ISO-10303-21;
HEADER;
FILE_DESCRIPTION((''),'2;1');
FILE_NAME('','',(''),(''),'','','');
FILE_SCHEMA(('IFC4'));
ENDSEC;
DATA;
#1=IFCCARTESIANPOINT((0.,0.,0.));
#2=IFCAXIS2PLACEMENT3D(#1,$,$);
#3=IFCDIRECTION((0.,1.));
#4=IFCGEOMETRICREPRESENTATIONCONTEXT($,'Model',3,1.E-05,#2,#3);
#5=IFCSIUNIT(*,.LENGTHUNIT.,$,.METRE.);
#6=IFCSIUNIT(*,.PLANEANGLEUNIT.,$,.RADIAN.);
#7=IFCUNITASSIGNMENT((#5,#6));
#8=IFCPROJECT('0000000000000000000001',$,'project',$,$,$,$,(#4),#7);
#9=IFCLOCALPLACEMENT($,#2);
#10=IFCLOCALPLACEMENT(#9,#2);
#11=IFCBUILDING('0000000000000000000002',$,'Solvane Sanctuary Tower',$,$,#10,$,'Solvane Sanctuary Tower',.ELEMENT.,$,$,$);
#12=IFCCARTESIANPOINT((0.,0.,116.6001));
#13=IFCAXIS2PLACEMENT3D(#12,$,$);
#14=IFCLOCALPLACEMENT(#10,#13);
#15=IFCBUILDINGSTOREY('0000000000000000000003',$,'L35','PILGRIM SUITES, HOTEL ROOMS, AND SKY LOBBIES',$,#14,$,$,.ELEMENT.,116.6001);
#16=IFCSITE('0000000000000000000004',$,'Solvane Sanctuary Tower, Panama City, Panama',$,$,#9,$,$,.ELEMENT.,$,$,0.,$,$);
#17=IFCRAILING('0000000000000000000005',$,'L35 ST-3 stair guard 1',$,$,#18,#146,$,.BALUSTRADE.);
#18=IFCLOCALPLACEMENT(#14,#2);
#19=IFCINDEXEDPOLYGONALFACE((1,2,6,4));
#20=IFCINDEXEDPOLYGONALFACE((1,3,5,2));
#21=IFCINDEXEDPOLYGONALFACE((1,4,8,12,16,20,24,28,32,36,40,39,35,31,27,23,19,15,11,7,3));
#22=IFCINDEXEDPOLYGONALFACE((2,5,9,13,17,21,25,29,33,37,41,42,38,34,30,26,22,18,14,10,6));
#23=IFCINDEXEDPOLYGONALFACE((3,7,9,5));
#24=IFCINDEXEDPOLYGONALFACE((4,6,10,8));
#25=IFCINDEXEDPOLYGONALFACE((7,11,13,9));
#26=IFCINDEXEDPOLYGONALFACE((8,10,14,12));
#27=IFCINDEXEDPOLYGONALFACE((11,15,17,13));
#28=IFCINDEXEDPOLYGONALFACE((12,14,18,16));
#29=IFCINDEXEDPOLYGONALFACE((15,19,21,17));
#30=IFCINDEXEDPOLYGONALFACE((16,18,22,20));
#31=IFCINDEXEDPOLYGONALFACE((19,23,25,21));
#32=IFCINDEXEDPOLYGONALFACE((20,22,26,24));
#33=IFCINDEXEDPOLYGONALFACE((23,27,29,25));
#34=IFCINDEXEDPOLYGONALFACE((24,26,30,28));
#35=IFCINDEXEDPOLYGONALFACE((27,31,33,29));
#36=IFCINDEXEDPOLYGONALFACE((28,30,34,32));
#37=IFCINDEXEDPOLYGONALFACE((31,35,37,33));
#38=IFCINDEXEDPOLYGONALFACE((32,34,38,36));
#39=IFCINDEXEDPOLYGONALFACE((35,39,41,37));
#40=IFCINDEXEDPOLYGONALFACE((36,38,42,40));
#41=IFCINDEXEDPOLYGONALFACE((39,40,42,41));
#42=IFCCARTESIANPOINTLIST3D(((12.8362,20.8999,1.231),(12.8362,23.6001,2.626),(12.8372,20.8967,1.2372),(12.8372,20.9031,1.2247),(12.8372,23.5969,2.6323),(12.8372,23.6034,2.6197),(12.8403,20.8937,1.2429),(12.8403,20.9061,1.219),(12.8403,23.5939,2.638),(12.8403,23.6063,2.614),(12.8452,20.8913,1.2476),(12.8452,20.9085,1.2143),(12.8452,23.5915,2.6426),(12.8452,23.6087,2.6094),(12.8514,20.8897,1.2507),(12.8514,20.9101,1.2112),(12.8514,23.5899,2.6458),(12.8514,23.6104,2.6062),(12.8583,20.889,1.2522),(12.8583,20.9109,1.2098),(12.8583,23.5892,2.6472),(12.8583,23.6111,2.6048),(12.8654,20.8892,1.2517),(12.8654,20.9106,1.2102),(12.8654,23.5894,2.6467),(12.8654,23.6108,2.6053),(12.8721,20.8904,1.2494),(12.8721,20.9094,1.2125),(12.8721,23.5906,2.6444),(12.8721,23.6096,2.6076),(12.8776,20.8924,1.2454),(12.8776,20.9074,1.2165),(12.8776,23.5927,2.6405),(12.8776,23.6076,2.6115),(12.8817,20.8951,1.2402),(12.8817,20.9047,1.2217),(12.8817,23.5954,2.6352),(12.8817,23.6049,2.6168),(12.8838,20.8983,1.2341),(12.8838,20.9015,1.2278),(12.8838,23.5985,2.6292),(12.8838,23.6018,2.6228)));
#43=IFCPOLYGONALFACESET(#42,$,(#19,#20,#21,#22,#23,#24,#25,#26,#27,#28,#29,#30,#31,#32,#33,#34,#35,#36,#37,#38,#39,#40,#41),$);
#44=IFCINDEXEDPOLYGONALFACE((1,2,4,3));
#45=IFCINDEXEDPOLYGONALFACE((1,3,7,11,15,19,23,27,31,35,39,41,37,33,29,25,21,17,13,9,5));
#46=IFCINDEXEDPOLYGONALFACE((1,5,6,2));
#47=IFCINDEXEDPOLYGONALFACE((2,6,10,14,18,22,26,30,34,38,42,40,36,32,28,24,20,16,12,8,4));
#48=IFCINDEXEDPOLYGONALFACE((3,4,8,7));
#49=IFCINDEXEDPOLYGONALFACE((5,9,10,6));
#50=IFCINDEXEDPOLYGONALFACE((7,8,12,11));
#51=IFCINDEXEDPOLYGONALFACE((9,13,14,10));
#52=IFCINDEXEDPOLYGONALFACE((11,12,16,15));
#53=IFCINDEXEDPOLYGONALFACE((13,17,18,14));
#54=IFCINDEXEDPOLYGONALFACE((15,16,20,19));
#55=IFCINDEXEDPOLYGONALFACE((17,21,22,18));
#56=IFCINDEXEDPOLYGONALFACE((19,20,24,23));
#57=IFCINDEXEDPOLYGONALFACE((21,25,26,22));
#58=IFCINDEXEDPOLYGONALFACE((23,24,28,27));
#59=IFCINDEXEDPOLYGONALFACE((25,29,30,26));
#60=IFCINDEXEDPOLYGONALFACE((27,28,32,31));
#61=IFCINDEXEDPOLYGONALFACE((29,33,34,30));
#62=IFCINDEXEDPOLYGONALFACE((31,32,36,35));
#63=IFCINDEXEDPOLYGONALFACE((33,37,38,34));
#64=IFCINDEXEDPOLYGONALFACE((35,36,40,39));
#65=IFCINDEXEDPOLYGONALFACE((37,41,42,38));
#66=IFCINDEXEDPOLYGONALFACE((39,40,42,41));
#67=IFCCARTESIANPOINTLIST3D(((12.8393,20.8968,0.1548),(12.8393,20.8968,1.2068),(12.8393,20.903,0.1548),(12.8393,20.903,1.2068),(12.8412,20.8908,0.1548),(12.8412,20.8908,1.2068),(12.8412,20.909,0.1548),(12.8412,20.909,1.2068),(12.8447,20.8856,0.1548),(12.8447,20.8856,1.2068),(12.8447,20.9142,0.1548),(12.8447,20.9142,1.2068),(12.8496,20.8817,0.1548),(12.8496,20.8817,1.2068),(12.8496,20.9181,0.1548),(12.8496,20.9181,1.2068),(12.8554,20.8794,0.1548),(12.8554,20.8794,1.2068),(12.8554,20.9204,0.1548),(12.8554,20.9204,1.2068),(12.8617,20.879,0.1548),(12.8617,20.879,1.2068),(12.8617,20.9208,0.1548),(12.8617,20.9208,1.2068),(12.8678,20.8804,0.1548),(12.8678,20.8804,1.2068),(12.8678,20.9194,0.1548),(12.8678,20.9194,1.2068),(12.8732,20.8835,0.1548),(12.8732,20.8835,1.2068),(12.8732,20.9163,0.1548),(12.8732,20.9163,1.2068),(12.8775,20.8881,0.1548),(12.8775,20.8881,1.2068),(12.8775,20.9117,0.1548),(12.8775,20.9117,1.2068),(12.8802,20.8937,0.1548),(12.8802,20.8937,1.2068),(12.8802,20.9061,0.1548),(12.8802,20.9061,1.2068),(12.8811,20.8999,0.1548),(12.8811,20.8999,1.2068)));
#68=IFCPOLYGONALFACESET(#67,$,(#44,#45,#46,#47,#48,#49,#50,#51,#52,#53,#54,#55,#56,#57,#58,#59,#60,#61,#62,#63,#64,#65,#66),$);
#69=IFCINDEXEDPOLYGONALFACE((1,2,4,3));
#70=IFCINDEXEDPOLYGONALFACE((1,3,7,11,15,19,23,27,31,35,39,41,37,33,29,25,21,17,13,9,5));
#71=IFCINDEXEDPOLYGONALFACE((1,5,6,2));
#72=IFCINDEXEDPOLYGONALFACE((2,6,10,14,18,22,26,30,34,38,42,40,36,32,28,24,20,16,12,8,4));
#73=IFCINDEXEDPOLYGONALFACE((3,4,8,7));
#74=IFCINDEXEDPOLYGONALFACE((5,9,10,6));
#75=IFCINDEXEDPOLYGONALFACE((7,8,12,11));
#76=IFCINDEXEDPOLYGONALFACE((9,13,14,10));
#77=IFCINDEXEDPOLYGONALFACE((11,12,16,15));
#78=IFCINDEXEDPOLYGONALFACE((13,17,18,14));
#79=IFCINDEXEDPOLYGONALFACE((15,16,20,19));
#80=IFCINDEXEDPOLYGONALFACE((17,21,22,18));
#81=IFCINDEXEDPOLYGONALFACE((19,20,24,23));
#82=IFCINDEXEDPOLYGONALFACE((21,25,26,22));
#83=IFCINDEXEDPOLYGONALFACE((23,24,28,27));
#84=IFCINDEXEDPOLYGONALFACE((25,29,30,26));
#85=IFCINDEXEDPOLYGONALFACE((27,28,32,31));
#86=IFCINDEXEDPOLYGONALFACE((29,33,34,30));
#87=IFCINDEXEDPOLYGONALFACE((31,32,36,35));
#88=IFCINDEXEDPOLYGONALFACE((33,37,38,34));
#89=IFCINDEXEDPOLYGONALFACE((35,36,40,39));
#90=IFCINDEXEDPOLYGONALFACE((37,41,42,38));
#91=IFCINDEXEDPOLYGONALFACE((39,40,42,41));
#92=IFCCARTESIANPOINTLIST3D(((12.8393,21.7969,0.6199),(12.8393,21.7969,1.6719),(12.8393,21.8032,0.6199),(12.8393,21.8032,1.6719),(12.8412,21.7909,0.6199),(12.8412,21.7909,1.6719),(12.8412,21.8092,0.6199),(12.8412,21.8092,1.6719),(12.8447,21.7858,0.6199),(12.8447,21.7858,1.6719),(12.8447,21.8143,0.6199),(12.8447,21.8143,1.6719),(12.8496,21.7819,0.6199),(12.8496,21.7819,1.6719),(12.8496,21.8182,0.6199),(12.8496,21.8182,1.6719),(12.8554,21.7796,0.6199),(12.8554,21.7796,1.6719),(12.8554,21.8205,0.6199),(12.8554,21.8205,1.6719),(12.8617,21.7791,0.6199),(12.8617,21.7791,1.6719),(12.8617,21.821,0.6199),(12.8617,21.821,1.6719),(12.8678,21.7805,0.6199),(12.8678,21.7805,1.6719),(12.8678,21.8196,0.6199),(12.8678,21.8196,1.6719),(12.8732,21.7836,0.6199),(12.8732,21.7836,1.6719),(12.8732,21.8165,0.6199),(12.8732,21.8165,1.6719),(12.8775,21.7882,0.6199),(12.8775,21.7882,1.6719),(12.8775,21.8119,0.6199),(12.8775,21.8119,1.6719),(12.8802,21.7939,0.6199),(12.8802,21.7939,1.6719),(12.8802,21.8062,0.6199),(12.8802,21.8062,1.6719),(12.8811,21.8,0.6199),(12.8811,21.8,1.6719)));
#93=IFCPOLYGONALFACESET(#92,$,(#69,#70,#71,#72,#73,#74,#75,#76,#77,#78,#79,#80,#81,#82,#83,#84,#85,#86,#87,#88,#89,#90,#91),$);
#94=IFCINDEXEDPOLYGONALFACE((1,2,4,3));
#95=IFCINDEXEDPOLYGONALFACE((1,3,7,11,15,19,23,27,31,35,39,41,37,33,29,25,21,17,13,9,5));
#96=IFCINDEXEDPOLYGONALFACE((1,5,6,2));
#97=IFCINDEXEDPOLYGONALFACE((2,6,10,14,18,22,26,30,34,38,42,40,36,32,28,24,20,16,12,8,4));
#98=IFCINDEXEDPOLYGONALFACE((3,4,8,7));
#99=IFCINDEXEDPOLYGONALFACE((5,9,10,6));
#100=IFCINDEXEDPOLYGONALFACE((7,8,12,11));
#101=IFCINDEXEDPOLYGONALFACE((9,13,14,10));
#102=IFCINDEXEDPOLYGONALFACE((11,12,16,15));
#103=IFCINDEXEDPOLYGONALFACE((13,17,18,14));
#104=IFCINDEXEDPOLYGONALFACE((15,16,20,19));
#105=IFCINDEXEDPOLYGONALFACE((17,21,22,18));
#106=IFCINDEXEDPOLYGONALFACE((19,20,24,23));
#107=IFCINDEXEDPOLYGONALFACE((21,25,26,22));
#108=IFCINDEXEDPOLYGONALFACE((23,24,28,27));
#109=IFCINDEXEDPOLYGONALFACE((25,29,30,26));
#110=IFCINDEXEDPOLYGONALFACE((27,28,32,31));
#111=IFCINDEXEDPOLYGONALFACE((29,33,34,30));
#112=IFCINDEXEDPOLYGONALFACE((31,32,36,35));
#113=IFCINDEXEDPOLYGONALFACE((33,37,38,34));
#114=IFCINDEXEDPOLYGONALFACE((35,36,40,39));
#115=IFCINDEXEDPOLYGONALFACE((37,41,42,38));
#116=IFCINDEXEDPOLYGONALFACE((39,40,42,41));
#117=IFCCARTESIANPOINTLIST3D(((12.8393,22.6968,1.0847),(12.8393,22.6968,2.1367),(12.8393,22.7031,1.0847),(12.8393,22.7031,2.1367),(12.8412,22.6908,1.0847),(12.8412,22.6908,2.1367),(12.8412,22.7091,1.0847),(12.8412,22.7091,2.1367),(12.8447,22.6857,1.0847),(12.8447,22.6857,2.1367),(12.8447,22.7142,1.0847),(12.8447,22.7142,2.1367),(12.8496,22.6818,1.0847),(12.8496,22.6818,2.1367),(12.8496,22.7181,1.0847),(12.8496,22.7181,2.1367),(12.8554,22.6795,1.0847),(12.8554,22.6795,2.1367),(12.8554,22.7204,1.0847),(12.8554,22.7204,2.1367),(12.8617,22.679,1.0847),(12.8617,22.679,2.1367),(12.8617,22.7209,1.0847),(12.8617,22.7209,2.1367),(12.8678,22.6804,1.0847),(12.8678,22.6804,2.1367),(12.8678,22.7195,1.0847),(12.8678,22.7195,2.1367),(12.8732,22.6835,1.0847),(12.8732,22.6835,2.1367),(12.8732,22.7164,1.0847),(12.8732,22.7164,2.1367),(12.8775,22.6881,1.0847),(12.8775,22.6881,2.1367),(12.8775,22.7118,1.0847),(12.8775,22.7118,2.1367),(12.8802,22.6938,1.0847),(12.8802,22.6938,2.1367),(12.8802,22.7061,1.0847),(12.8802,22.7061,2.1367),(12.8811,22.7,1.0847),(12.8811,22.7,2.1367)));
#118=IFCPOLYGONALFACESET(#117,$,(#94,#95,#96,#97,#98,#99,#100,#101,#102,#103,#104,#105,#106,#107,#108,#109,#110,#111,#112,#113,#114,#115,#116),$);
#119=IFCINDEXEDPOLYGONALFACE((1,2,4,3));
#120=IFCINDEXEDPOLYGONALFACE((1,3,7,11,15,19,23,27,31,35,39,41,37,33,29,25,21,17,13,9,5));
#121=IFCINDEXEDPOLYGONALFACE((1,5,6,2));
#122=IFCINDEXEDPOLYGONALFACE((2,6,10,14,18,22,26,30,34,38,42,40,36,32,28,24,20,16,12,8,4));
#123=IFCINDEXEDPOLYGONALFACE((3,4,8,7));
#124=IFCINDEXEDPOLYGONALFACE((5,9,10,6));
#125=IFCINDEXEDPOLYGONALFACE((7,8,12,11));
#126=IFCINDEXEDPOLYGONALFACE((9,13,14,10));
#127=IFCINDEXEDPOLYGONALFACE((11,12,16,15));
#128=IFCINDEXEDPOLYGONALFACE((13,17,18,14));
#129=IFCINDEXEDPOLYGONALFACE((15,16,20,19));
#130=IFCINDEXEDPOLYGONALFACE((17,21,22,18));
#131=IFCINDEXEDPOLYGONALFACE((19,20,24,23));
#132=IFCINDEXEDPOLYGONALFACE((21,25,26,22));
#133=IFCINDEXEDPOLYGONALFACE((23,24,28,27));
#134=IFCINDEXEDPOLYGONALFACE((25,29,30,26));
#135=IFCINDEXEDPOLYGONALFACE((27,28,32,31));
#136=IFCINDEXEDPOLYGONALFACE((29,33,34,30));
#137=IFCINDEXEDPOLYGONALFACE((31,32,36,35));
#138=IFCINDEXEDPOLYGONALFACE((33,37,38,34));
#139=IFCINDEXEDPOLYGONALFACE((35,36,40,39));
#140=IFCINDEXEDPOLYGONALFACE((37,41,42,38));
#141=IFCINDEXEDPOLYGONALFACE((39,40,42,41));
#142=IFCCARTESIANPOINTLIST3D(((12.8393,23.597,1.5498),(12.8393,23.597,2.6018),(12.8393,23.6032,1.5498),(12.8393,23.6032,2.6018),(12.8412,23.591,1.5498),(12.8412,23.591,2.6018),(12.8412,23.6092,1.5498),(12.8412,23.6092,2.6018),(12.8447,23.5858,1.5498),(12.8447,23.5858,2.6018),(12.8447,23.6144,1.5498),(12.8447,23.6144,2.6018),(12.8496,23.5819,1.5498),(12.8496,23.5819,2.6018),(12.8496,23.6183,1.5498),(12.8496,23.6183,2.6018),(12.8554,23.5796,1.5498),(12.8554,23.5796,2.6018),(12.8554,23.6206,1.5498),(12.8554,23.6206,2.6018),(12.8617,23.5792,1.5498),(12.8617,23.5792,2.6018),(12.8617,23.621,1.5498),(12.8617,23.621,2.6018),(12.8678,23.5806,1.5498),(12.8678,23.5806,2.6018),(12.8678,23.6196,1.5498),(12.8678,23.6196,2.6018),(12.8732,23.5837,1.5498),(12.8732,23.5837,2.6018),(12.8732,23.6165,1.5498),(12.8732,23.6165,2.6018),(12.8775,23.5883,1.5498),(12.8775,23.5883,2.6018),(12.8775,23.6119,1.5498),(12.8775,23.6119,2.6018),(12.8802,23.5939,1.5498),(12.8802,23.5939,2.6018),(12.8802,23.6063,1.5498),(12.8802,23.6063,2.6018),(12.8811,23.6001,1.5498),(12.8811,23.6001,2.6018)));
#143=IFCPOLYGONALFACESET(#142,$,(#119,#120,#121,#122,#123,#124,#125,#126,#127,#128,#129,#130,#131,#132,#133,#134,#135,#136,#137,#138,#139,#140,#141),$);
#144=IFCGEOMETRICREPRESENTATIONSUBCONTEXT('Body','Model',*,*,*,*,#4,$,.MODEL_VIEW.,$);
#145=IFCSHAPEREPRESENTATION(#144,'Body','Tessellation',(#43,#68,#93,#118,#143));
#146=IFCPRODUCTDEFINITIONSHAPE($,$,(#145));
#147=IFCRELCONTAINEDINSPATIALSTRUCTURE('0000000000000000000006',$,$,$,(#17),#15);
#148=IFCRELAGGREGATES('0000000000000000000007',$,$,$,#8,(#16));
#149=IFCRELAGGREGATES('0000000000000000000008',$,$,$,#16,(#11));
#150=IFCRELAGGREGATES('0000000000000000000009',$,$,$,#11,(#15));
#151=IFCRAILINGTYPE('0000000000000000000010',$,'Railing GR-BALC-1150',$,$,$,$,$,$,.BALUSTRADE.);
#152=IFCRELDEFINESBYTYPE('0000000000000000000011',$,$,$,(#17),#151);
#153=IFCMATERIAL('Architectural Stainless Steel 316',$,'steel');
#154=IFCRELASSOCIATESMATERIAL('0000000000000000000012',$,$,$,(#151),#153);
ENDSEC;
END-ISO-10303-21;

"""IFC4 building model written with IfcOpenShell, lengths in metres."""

from ifc_helpers import new_model, si_unit, direction, frame, origin, origin_2d, place, context, subcontext, project, spatial, circle, extrude, material, type_object, element, save


model = new_model("IFC4")

# Units and contexts
model_context = context("Model", 3, precision=1e-05, world=origin(), true_north=direction((0.0, 1.0)))
body_context = subcontext(model_context, "Body", "Model", "MODEL_VIEW")
ifc_project = project(units=[si_unit("LENGTHUNIT", "METRE"), si_unit("PLANEANGLEUNIT", "RADIAN")], contexts=[model_context])

# Site, building, storey
site_placement = place(None, origin())
site = spatial("IfcSite", under=ifc_project, at=site_placement, Name="Solvane Sanctuary Tower, Panama City, Panama", CompositionType="ELEMENT", RefElevation=0.0)
building_placement = place(site_placement, origin())
building = spatial("IfcBuilding", under=site, at=building_placement, Name="Solvane Sanctuary Tower", LongName="Solvane Sanctuary Tower", CompositionType="ELEMENT")
storey_placement = place(building_placement, frame((0.0, 0.0, 116.6001)))
storey = spatial("IfcBuildingStorey", under=building, at=storey_placement, Name="L35", Description="PILGRIM SUITES, HOTEL ROOMS, AND SKY LOBBIES", CompositionType="ELEMENT", Elevation=116.6001)

# Shared definitions
ifc_material_1 = material(Name="Architectural Stainless Steel 316", Category="steel")

# Railing
railing_type = type_object("IfcRailingType", Name="Railing GR-BALC-1150", PredefinedType="BALUSTRADE", material=ifc_material_1)
railing_1_placement = place(storey_placement, frame((12.8601, 20.8999, 0.1548)))
element("IfcRailing", 1, at=railing_1_placement, inside=storey, type_object=railing_type, Name="L35 ST-3 stair guard 1", PredefinedType="BALUSTRADE", context=body_context, shape_type="SweptSolid", body=[
    extrude(circle(Radius=0.0239, at=origin_2d()), frame((0.0, 0.0, 1.0762), z_axis=(0.0, 0.888437, 0.458999), x_axis=(-1.0, 0.0, 0.0)), (0.0, 0.0, 1.0), 3.0393),
    extrude(circle(Radius=0.021, at=origin_2d()), origin(), (0.0, 0.0, 1.0), 1.052),
    extrude(circle(Radius=0.021, at=origin_2d()), frame((0.0, 0.9001, 0.4651)), (0.0, 0.0, 1.0), 1.052),
    extrude(circle(Radius=0.021, at=origin_2d()), frame((0.0, 1.8, 0.9299)), (0.0, 0.0, 1.0), 1.052),
    extrude(circle(Radius=0.021, at=origin_2d()), frame((0.0, 2.7002, 1.395)), (0.0, 0.0, 1.0), 1.052),
])

save(model, "model.ifc")
